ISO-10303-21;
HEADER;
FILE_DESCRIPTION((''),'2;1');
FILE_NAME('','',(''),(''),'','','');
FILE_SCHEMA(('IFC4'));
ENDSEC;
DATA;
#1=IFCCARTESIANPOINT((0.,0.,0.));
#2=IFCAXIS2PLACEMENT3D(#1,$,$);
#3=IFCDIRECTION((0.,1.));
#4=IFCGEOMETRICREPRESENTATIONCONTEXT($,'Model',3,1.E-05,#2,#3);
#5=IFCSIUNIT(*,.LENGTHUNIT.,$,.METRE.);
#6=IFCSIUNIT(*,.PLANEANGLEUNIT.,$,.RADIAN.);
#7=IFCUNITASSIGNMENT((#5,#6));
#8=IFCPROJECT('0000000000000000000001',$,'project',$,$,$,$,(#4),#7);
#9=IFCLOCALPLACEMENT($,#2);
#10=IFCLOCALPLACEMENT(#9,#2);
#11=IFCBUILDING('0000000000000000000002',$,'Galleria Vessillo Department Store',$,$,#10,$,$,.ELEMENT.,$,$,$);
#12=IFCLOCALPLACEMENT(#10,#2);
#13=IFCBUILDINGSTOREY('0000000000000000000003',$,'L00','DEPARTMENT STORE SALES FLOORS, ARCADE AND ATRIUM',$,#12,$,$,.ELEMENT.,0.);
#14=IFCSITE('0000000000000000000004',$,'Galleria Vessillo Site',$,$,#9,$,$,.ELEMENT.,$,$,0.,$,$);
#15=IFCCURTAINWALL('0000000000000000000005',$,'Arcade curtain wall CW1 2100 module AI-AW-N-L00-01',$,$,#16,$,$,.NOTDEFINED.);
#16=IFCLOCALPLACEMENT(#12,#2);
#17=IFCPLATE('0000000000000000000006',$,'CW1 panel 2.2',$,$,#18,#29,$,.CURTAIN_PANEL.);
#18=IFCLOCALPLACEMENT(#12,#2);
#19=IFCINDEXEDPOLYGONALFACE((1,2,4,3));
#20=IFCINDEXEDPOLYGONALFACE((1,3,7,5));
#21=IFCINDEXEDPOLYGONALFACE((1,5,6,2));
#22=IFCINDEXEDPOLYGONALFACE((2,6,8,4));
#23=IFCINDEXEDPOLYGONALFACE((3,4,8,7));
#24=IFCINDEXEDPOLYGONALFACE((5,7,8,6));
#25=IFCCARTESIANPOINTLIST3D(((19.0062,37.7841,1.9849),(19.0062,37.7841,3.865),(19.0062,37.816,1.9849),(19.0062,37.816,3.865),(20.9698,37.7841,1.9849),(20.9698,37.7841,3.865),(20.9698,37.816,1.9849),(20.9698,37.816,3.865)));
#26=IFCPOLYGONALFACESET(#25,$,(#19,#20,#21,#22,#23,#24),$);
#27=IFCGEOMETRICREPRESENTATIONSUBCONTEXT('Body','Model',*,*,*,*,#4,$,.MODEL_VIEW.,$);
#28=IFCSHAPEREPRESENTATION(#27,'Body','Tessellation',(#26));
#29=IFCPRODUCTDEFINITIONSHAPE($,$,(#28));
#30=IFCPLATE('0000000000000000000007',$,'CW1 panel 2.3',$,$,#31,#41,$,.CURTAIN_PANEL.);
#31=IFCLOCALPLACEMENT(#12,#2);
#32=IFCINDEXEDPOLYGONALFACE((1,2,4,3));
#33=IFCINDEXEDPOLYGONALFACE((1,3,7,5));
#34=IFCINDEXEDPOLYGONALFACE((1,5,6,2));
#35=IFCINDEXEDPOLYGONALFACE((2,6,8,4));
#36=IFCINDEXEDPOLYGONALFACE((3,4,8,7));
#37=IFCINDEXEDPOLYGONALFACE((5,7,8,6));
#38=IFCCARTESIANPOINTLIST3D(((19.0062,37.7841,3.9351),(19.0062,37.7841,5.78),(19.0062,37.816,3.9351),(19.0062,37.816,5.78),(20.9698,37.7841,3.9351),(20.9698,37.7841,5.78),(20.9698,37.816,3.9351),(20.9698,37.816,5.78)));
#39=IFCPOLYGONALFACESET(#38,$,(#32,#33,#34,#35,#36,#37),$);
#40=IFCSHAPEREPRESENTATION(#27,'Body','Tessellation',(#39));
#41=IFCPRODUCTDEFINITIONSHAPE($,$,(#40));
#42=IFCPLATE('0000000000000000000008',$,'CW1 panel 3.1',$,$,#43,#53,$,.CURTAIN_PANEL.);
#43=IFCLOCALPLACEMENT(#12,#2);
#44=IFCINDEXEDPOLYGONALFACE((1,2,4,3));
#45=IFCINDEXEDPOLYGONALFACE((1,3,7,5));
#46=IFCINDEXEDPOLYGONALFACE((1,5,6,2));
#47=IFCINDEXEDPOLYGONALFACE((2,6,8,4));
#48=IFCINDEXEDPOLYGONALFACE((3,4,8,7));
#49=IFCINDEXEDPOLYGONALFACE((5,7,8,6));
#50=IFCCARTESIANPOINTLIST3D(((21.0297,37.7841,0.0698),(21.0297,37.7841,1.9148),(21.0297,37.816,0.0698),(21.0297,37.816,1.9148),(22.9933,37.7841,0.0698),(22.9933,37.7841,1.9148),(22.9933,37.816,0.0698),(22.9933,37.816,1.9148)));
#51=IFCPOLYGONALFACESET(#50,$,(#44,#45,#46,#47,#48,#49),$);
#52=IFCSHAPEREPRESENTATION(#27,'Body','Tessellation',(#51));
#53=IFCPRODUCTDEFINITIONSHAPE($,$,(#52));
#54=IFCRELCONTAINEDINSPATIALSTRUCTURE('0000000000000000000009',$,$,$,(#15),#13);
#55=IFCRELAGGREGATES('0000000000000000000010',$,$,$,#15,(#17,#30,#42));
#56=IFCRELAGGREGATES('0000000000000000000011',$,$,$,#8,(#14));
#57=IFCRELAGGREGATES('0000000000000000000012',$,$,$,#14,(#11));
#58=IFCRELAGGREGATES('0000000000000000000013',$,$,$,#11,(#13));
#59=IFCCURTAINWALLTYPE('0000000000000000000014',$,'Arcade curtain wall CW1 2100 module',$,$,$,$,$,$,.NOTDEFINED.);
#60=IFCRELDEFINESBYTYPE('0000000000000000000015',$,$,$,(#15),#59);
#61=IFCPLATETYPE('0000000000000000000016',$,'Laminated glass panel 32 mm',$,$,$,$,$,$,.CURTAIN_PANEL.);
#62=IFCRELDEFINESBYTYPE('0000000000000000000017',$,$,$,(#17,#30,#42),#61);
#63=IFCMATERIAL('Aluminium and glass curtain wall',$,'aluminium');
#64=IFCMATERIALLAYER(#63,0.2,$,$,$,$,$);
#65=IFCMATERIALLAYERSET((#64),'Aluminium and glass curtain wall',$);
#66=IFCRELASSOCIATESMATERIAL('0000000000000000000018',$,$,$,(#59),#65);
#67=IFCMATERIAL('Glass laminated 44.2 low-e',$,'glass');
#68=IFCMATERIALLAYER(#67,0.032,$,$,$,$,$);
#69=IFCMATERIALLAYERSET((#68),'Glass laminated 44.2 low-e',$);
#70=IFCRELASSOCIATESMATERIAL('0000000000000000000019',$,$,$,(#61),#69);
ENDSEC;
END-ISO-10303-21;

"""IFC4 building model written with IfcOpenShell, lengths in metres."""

from ifc_helpers import new_model, si_unit, direction, frame, origin, origin_2d, place, context, subcontext, project, spatial, rectangle, extrude, material, layer, layer_set, type_object, element, aggregate, save


model = new_model("IFC4")

# Units and contexts
model_context = context("Model", 3, precision=1e-05, world=origin(), true_north=direction((0.0, 1.0)))
body_context = subcontext(model_context, "Body", "Model", "MODEL_VIEW")
ifc_project = project(units=[si_unit("LENGTHUNIT", "METRE"), si_unit("PLANEANGLEUNIT", "RADIAN")], contexts=[model_context])

# Site, building, storey
site_placement = place(None, origin())
site = spatial("IfcSite", under=ifc_project, at=site_placement, Name="Galleria Vessillo Site", CompositionType="ELEMENT", RefElevation=0.0)
building_placement = place(site_placement, origin())
building = spatial("IfcBuilding", under=site, at=building_placement, Name="Galleria Vessillo Department Store", CompositionType="ELEMENT")
storey_placement = place(building_placement, origin())
storey = spatial("IfcBuildingStorey", under=building, at=storey_placement, Name="L00", Description="DEPARTMENT STORE SALES FLOORS, ARCADE AND ATRIUM", CompositionType="ELEMENT", Elevation=0.0)

# Curtain wall
ifc_material_1 = material(Name="Aluminium and glass curtain wall", Category="aluminium")
ifc_layer_1 = layer(ifc_material_1, 0.2)
ifc_layer_set_1 = layer_set([ifc_layer_1], Name="Aluminium and glass curtain wall")
curtain_wall_type_1 = type_object("IfcCurtainWallType", Name="Arcade curtain wall CW1 2100 module", PredefinedType="NOTDEFINED", material=ifc_layer_set_1)
curtain_wall_1_placement = place(storey_placement, origin())
curtain_wall_1 = element("IfcCurtainWall", 1, at=curtain_wall_1_placement, inside=storey, type_object=curtain_wall_type_1, Name="Arcade curtain wall CW1 2100 module AI-AW-N-L00-01", PredefinedType="NOTDEFINED")

# Plates
ifc_material_2 = material(Name="Glass laminated 44.2 low-e", Category="glass")
ifc_layer_2 = layer(ifc_material_2, 0.032)
ifc_layer_set_2 = layer_set([ifc_layer_2], Name="Glass laminated 44.2 low-e")
plate_type_1 = type_object("IfcPlateType", Name="Laminated glass panel 32 mm", PredefinedType="CURTAIN_PANEL", material=ifc_layer_set_2)
plate_1_placement = place(storey_placement, frame((19.988, 37.8, 1.9849), z_axis=(0.0, 0.0, 1.0), x_axis=(1.0, 0.0, 0.0)))
plate_1 = element("IfcPlate", 2, at=plate_1_placement, type_object=plate_type_1, Name="CW1 panel 2.2", PredefinedType="CURTAIN_PANEL", context=body_context, shape_type="SweptSolid", body=[
    extrude(rectangle(XDim=1.9636, YDim=0.032, at=origin_2d()), origin(), (0.0, 0.0, 1.0), 1.8801),
])
plate_2_placement = place(storey_placement, frame((19.988, 37.8, 3.9351), z_axis=(0.0, 0.0, 1.0), x_axis=(1.0, 0.0, 0.0)))
plate_2 = element("IfcPlate", 3, at=plate_2_placement, type_object=plate_type_1, Name="CW1 panel 2.3", PredefinedType="CURTAIN_PANEL", context=body_context, shape_type="SweptSolid", body=[
    extrude(rectangle(XDim=1.9636, YDim=0.032, at=origin_2d()), origin(), (0.0, 0.0, 1.0), 1.845),
])
plate_3_placement = place(storey_placement, frame((22.0115, 37.8, 0.0698), z_axis=(0.0, 0.0, 1.0), x_axis=(1.0, 0.0, 0.0)))
plate_3 = element("IfcPlate", 4, at=plate_3_placement, type_object=plate_type_1, Name="CW1 panel 3.1", PredefinedType="CURTAIN_PANEL", context=body_context, shape_type="SweptSolid", body=[
    extrude(rectangle(XDim=1.9636, YDim=0.032, at=origin_2d()), origin(), (0.0, 0.0, 1.0), 1.845),
])
aggregate(curtain_wall_1, [plate_1, plate_2, plate_3])

save(model, "model.ifc")
